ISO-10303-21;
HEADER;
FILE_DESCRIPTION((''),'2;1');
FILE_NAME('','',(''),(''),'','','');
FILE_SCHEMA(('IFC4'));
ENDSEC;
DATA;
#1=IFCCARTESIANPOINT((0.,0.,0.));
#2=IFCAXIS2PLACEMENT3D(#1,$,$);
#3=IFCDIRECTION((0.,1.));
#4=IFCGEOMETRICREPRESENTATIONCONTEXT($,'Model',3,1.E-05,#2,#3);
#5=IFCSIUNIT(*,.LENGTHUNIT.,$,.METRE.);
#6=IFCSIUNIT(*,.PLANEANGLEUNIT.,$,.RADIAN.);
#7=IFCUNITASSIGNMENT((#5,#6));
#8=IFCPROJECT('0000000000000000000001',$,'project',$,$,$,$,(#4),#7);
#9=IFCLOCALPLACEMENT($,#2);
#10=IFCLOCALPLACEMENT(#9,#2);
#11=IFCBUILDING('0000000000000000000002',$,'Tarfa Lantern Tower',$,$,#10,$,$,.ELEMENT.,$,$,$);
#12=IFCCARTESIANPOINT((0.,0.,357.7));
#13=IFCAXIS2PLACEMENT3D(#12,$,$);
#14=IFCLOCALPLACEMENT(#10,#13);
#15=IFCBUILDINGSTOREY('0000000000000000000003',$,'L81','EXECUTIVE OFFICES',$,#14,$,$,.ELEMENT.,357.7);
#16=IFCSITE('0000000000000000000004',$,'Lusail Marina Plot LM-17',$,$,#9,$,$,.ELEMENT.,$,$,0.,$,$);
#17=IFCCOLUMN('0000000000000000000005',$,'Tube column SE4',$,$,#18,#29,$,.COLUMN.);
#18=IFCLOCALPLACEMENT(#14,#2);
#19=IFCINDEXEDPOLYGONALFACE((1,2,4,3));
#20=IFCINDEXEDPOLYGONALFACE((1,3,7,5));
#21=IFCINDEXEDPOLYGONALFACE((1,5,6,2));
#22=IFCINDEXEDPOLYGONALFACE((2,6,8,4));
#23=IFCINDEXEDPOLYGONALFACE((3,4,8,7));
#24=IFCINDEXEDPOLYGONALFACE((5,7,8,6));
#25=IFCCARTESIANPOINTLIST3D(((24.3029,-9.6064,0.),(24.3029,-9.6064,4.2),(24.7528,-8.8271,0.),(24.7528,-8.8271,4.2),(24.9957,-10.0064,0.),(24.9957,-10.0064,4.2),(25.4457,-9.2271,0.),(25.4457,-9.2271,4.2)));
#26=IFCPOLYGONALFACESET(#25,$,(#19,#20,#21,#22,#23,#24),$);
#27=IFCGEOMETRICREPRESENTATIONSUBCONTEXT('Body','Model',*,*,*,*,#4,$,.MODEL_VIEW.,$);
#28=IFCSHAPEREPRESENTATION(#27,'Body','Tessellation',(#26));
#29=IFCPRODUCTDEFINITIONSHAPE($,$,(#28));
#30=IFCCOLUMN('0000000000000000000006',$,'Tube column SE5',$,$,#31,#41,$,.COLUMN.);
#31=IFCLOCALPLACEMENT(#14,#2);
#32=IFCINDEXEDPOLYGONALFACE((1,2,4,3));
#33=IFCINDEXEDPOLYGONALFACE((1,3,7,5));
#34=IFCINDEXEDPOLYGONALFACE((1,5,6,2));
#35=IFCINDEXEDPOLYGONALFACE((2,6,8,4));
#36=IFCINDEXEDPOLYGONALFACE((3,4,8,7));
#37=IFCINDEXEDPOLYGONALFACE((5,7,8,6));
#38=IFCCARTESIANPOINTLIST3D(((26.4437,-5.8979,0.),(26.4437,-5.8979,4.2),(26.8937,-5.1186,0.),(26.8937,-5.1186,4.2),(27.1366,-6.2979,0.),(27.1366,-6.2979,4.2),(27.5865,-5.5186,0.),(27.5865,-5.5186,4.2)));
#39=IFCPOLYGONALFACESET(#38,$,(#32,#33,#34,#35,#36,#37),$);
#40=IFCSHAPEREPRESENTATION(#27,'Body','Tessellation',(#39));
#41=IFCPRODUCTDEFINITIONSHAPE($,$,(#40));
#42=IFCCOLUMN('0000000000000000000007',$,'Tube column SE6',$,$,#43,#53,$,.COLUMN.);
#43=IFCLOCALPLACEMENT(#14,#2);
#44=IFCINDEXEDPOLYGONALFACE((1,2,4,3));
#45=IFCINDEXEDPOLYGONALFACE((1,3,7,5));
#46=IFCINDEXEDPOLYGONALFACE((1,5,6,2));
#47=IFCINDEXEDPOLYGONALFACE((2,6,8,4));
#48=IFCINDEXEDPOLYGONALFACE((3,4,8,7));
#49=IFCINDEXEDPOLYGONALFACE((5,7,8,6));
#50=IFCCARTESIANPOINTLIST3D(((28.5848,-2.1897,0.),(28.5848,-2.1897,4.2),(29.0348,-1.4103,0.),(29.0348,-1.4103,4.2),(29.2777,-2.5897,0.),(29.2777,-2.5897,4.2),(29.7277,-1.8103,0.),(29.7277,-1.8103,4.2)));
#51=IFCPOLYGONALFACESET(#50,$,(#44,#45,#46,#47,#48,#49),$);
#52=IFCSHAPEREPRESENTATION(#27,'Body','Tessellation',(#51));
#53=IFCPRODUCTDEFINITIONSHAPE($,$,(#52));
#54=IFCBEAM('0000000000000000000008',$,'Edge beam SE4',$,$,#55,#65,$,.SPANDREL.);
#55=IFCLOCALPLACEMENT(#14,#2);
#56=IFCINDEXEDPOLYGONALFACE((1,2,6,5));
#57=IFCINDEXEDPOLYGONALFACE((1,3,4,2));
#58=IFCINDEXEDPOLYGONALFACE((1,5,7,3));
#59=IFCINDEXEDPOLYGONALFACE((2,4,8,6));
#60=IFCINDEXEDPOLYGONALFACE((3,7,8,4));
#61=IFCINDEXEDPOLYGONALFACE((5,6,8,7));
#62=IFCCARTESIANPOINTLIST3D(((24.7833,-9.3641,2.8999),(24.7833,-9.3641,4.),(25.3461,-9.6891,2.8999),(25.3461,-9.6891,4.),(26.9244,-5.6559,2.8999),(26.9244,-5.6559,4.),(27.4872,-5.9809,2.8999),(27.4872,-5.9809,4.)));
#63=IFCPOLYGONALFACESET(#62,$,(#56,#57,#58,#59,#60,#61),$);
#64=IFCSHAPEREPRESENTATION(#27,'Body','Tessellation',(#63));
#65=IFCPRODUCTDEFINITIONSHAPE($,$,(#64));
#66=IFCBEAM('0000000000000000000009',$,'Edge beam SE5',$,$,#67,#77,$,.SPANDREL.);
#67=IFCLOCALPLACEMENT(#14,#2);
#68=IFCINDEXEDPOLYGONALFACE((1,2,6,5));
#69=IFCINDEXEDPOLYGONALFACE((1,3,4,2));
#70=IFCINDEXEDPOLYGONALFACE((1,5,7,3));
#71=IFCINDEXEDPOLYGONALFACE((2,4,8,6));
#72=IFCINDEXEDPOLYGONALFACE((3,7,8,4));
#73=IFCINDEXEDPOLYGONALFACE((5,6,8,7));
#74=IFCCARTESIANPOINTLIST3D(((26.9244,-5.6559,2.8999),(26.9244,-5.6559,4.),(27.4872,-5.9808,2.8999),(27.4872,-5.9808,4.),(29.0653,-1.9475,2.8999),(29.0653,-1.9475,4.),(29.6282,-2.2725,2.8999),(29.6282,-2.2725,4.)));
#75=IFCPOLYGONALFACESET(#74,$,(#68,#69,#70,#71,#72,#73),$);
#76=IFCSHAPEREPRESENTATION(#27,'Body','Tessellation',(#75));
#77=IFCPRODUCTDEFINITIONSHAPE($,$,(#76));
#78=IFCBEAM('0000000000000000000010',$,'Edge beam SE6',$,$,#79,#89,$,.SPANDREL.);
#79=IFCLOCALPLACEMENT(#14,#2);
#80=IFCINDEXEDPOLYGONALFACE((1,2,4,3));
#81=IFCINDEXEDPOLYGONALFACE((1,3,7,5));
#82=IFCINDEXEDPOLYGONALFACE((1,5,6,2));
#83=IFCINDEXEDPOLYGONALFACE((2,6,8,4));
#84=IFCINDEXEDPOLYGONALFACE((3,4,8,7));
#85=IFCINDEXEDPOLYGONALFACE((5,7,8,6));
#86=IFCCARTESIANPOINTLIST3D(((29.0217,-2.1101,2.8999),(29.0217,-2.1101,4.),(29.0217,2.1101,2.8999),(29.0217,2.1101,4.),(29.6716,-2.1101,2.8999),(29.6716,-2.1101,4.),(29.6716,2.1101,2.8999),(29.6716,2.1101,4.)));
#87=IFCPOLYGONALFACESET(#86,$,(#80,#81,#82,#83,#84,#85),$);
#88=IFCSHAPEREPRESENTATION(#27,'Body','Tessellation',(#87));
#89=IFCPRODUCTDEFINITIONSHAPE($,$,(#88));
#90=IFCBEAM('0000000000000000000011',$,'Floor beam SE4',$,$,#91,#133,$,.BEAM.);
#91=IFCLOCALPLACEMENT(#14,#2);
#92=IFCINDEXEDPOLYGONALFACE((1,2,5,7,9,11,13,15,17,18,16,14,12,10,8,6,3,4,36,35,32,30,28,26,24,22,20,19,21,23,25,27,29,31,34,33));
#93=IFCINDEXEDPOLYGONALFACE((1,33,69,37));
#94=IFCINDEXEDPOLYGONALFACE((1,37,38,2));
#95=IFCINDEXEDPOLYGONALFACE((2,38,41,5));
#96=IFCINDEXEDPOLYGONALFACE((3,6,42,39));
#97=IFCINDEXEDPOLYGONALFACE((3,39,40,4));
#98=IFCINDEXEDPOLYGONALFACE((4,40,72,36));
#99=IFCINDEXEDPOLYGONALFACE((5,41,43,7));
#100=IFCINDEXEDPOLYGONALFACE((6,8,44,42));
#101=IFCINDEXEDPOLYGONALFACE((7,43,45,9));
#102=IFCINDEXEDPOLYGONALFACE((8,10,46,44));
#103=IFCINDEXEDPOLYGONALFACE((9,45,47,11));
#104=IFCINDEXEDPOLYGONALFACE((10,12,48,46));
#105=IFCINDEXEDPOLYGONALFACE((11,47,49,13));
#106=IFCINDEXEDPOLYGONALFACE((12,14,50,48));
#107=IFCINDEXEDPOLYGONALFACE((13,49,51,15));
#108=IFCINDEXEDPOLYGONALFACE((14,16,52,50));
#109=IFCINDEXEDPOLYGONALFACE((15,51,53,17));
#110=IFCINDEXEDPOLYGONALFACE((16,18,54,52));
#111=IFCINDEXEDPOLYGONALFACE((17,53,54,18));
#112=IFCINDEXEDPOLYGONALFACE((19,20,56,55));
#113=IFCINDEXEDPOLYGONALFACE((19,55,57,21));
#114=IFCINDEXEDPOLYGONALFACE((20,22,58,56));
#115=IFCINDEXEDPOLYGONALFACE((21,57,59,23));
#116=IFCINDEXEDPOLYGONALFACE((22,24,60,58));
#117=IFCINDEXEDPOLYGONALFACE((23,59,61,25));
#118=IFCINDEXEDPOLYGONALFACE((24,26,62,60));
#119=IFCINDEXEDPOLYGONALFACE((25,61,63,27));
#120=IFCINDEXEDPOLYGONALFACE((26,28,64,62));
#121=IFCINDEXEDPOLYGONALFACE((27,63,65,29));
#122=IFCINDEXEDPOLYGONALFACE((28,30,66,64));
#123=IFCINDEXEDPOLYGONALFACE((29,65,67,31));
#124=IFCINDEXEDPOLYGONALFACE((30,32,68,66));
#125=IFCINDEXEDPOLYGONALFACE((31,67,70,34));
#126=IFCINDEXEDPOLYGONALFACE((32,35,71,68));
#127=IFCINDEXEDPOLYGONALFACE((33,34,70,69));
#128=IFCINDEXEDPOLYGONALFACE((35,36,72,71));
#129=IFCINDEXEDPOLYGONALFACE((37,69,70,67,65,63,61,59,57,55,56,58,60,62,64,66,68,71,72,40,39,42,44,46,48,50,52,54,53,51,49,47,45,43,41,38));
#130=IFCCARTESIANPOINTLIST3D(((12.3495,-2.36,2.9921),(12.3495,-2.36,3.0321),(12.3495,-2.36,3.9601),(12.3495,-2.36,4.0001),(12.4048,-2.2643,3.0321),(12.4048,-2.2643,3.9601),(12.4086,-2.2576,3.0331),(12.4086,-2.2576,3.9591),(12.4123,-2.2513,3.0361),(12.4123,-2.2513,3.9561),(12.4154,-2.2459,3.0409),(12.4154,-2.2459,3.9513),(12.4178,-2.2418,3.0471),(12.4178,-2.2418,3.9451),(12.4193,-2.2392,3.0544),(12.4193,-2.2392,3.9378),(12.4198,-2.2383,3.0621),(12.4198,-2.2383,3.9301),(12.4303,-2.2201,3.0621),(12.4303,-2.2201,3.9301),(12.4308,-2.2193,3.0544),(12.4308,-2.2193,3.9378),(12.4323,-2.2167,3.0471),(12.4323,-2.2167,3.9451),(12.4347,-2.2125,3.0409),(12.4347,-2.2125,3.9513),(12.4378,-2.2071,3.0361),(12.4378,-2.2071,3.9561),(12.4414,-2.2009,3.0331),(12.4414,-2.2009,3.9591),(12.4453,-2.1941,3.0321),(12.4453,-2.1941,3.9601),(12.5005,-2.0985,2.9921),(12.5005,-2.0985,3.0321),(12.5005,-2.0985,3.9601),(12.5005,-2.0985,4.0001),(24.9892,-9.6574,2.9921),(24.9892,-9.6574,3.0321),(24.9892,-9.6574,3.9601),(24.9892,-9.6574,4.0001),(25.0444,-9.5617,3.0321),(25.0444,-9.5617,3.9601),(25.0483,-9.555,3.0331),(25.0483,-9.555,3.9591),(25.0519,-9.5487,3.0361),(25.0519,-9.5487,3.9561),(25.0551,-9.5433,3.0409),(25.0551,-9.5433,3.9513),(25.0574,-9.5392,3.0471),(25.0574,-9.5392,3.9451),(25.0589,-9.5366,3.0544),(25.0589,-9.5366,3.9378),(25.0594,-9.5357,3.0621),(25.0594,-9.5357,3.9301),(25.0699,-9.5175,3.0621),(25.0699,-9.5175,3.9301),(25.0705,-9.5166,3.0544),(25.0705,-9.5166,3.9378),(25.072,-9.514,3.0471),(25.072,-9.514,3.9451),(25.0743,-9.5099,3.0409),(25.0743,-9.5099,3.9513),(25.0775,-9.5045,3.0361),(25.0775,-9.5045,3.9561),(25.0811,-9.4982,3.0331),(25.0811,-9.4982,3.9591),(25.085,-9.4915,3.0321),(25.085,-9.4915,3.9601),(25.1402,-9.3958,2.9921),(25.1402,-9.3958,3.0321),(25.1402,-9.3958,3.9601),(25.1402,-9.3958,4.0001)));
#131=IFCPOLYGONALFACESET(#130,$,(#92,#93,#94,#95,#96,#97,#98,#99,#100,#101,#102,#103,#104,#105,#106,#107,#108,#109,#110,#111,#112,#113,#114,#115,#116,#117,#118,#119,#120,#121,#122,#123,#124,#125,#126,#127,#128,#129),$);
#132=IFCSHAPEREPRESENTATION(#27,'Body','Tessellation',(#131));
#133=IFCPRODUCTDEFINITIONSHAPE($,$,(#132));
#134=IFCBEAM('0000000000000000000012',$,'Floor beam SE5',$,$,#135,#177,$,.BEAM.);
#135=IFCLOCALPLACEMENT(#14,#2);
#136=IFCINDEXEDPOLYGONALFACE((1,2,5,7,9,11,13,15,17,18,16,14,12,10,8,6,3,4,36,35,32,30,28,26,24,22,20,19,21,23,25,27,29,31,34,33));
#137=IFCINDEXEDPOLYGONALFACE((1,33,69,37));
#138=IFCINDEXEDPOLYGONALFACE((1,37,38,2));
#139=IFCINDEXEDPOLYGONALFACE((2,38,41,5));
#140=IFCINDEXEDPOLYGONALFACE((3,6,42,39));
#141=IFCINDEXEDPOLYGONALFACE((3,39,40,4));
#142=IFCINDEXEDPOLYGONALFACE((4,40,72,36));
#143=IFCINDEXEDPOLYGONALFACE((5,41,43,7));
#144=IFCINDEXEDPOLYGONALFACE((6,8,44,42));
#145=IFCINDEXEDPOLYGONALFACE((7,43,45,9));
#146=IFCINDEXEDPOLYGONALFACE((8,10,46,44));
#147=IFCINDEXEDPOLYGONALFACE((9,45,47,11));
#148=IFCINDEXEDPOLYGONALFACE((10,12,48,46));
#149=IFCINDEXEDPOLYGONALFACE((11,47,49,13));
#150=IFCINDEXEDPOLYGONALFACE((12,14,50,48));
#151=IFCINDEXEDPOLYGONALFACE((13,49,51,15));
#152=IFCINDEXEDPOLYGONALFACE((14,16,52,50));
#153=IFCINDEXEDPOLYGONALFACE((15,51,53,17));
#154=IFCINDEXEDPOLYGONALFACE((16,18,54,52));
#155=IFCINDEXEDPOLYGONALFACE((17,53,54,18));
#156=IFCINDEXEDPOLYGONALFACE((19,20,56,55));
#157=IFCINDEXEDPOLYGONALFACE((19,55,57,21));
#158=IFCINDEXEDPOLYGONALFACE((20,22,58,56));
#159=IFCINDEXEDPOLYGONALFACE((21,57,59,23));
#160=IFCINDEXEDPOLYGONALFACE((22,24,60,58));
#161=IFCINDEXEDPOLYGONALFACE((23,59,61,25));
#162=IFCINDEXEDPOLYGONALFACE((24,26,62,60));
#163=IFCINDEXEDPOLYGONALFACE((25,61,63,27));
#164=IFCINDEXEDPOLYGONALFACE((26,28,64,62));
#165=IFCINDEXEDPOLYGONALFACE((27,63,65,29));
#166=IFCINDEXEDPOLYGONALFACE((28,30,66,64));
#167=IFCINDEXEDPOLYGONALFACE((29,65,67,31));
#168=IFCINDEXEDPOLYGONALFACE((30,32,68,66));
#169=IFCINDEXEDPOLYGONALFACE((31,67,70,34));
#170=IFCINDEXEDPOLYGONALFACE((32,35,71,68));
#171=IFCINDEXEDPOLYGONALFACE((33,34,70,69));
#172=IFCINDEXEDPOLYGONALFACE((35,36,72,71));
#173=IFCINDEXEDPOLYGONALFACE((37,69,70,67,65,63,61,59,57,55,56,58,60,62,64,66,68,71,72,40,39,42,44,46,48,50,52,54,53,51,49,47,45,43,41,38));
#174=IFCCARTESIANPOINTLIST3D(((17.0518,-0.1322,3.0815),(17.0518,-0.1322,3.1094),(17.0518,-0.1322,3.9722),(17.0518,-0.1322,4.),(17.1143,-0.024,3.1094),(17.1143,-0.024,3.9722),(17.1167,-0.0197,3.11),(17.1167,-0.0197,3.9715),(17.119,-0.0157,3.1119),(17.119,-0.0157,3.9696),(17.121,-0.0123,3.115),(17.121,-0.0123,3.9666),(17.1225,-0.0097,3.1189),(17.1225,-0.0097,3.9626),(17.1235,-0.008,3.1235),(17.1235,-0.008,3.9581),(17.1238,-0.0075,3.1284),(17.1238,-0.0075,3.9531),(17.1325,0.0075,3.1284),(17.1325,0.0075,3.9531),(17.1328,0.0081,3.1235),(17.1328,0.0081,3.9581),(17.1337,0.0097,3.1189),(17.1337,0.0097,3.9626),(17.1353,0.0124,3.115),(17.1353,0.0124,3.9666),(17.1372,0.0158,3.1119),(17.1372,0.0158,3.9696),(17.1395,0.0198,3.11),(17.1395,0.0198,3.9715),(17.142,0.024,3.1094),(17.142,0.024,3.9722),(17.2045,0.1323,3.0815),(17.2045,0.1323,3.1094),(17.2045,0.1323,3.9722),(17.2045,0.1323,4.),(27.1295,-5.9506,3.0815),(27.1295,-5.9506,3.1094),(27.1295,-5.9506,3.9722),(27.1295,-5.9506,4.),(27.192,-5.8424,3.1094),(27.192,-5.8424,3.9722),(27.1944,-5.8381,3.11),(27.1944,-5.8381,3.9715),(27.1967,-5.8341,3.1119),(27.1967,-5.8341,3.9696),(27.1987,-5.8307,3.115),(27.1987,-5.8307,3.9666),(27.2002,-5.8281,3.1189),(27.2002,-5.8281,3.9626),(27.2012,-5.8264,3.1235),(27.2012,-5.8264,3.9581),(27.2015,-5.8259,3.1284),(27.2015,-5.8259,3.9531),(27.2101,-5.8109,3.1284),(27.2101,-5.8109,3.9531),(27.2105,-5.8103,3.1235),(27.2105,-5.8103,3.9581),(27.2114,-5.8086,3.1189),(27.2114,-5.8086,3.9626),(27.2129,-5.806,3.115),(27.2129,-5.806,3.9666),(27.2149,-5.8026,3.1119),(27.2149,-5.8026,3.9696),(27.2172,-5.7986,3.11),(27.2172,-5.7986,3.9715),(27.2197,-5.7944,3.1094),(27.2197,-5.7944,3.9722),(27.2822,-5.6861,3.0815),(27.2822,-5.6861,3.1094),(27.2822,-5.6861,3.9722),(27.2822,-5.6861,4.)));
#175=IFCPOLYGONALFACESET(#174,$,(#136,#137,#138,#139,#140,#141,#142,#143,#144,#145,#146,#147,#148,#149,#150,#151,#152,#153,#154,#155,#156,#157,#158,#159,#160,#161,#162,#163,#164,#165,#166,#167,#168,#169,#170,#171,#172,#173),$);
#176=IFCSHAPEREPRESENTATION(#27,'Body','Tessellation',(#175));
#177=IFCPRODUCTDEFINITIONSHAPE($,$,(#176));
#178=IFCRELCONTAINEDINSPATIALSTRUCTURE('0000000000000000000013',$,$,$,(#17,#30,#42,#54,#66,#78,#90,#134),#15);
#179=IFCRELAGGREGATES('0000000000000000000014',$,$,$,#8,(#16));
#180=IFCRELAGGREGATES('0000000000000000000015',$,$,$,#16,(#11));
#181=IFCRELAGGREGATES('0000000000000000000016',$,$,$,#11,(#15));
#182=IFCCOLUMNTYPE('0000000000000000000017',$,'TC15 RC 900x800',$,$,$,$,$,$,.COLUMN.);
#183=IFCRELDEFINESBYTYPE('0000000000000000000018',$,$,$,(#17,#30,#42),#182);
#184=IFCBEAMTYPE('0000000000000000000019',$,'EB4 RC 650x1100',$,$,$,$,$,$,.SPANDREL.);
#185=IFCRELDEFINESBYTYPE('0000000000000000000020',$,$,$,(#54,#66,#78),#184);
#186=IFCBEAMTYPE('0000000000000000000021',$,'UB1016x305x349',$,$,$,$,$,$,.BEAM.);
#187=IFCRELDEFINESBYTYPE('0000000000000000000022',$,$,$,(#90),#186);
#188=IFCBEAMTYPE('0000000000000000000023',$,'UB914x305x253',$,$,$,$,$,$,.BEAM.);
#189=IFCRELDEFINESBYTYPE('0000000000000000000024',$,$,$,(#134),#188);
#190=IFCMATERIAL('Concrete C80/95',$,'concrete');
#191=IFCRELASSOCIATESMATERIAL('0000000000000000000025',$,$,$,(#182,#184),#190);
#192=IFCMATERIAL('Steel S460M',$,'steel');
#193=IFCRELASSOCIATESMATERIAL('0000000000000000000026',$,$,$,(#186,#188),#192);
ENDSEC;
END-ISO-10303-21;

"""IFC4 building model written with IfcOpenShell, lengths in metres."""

from ifc_helpers import new_model, si_unit, direction, frame, origin, origin_2d, place, context, subcontext, project, spatial, rectangle, i_section, extrude, material, material_profile, profile_set, type_object, element, save


model = new_model("IFC4")

# Units and contexts
model_context = context("Model", 3, precision=1e-05, world=origin(), true_north=direction((0.0, 1.0)))
body_context = subcontext(model_context, "Body", "Model", "MODEL_VIEW")
ifc_project = project(units=[si_unit("LENGTHUNIT", "METRE"), si_unit("PLANEANGLEUNIT", "RADIAN")], contexts=[model_context])

# Site, building, storey
site_placement = place(None, origin())
site = spatial("IfcSite", under=ifc_project, at=site_placement, Name="Lusail Marina Plot LM-17", CompositionType="ELEMENT", RefElevation=0.0)
building_placement = place(site_placement, origin())
building = spatial("IfcBuilding", under=site, at=building_placement, Name="Tarfa Lantern Tower", CompositionType="ELEMENT")
storey_placement = place(building_placement, frame((0.0, 0.0, 357.7)))
storey = spatial("IfcBuildingStorey", under=building, at=storey_placement, Name="L81", Description="EXECUTIVE OFFICES", CompositionType="ELEMENT", Elevation=357.7)

# Columns
ifc_material_1 = material(Name="Concrete C80/95", Category="concrete")
ifc_material_profile_1 = material_profile(ifc_material_1, rectangle(XDim=0.8999, YDim=0.8, at=origin_2d()), Name="RC 900x800")
ifc_profile_set_1 = profile_set([ifc_material_profile_1], Name="Concrete C80/95")
column_type = type_object("IfcColumnType", Name="TC15 RC 900x800", PredefinedType="COLUMN", material=ifc_profile_set_1)
for number, where, z_axis, x_axis, name in (
    (1, (24.8743, -9.4167, 0.0), (0.0, 0.0, 1.0), (0.5, 0.866025, 0.0), "Tube column SE4"),
    (2, (27.0151, -5.7083, 0.0), (0.0, 0.0, 1.0), (0.5, 0.866025, 0.0), "Tube column SE5"),
    (3, (29.1562, -2.0, 0.0), (0.0, 0.0, 1.0), (0.5, 0.866025, 0.0), "Tube column SE6"),
):
    element("IfcColumn", number, at=place(storey_placement, frame(where, z_axis=z_axis, x_axis=x_axis)), inside=storey, type_object=column_type, Name=name, PredefinedType="COLUMN", context=body_context, shape_type="SweptSolid", body=[
        extrude(rectangle(XDim=0.8999, YDim=0.8, at=origin_2d()), origin(), (0.0, 0.0, 1.0), 4.2),
    ])

# Beams
ifc_material_profile_2 = material_profile(ifc_material_1, rectangle(XDim=0.6499, YDim=1.1001, at=origin_2d()), Name="RC 650x1100")
ifc_profile_set_2 = profile_set([ifc_material_profile_2], Name="Concrete C80/95")
beam_type_1 = type_object("IfcBeamType", Name="EB4 RC 650x1100", PredefinedType="SPANDREL", material=ifc_profile_set_2)
for number, where, z_axis, x_axis, name in (
    (4, (25.0647, -9.5266, 3.45), (0.500027, 0.86601, 0.0), (-0.86601, 0.500027, 0.0), "Edge beam SE4"),
    (5, (27.2058, -5.8184, 3.45), (0.499984, 0.866035, 0.0), (-0.866035, 0.499984, 0.0), "Edge beam SE5"),
):
    element("IfcBeam", number, at=place(storey_placement, frame(where, z_axis=z_axis, x_axis=x_axis)), inside=storey, type_object=beam_type_1, Name=name, PredefinedType="SPANDREL", context=body_context, shape_type="SweptSolid", body=[
        extrude(rectangle(XDim=0.6499, YDim=1.1001, at=origin_2d()), origin(), (0.0, 0.0, 1.0), 4.282),
    ])
beam_1_placement = place(storey_placement, frame((29.3467, -2.1101, 3.45), z_axis=(0.0, 1.0, 0.0), x_axis=(-1.0, 0.0, 0.0)))
element("IfcBeam", 6, at=beam_1_placement, inside=storey, type_object=beam_type_1, Name="Edge beam SE6", PredefinedType="SPANDREL", context=body_context, shape_type="SweptSolid", body=[
    extrude(rectangle(XDim=0.6499, YDim=1.1001, at=origin_2d()), origin(), (0.0, 0.0, 1.0), 4.2202),
])
ifc_material_2 = material(Name="Steel S460M", Category="steel")
ifc_material_profile_3 = material_profile(ifc_material_2, i_section(OverallWidth=0.302, OverallDepth=1.0081, WebThickness=0.021, FlangeThickness=0.04, FilletRadius=0.03, at=origin_2d()), Name="UB1016x305x349")
ifc_profile_set_3 = profile_set([ifc_material_profile_3], Name="Steel S460M")
beam_type_2 = type_object("IfcBeamType", Name="UB1016x305x349", PredefinedType="BEAM", material=ifc_profile_set_3)
beam_2_placement = place(storey_placement, frame((25.0647, -9.5266, 3.4961), z_axis=(-0.86603, 0.499993, 0.0), x_axis=(-0.499993, -0.86603, 0.0)))
element("IfcBeam", 7, at=beam_2_placement, inside=storey, type_object=beam_type_2, Name="Floor beam SE4", PredefinedType="BEAM", context=body_context, shape_type="SweptSolid", body=[
    extrude(i_section(OverallWidth=0.302, OverallDepth=1.0081, WebThickness=0.021, FlangeThickness=0.04, FilletRadius=0.03, at=origin_2d()), origin(), (0.0, 0.0, 1.0), 14.595),
])
ifc_material_profile_4 = material_profile(ifc_material_2, i_section(OverallWidth=0.3054, OverallDepth=0.9185, WebThickness=0.0173, FlangeThickness=0.0278, FilletRadius=0.019, at=origin_2d()), Name="UB914x305x253")
ifc_profile_set_4 = profile_set([ifc_material_profile_4], Name="Steel S460M")
beam_type_3 = type_object("IfcBeamType", Name="UB914x305x253", PredefinedType="BEAM", material=ifc_profile_set_4)
beam_3_placement = place(storey_placement, frame((27.2058, -5.8184, 3.5408), z_axis=(-0.866024, 0.500002, 0.0), x_axis=(-0.500002, -0.866024, 0.0)))
element("IfcBeam", 8, at=beam_3_placement, inside=storey, type_object=beam_type_3, Name="Floor beam SE5", PredefinedType="BEAM", context=body_context, shape_type="SweptSolid", body=[
    extrude(i_section(OverallWidth=0.3054, OverallDepth=0.9185, WebThickness=0.0173, FlangeThickness=0.0278, FilletRadius=0.019, at=origin_2d()), origin(), (0.0, 0.0, 1.0), 11.6367),
])

save(model, "model.ifc")
